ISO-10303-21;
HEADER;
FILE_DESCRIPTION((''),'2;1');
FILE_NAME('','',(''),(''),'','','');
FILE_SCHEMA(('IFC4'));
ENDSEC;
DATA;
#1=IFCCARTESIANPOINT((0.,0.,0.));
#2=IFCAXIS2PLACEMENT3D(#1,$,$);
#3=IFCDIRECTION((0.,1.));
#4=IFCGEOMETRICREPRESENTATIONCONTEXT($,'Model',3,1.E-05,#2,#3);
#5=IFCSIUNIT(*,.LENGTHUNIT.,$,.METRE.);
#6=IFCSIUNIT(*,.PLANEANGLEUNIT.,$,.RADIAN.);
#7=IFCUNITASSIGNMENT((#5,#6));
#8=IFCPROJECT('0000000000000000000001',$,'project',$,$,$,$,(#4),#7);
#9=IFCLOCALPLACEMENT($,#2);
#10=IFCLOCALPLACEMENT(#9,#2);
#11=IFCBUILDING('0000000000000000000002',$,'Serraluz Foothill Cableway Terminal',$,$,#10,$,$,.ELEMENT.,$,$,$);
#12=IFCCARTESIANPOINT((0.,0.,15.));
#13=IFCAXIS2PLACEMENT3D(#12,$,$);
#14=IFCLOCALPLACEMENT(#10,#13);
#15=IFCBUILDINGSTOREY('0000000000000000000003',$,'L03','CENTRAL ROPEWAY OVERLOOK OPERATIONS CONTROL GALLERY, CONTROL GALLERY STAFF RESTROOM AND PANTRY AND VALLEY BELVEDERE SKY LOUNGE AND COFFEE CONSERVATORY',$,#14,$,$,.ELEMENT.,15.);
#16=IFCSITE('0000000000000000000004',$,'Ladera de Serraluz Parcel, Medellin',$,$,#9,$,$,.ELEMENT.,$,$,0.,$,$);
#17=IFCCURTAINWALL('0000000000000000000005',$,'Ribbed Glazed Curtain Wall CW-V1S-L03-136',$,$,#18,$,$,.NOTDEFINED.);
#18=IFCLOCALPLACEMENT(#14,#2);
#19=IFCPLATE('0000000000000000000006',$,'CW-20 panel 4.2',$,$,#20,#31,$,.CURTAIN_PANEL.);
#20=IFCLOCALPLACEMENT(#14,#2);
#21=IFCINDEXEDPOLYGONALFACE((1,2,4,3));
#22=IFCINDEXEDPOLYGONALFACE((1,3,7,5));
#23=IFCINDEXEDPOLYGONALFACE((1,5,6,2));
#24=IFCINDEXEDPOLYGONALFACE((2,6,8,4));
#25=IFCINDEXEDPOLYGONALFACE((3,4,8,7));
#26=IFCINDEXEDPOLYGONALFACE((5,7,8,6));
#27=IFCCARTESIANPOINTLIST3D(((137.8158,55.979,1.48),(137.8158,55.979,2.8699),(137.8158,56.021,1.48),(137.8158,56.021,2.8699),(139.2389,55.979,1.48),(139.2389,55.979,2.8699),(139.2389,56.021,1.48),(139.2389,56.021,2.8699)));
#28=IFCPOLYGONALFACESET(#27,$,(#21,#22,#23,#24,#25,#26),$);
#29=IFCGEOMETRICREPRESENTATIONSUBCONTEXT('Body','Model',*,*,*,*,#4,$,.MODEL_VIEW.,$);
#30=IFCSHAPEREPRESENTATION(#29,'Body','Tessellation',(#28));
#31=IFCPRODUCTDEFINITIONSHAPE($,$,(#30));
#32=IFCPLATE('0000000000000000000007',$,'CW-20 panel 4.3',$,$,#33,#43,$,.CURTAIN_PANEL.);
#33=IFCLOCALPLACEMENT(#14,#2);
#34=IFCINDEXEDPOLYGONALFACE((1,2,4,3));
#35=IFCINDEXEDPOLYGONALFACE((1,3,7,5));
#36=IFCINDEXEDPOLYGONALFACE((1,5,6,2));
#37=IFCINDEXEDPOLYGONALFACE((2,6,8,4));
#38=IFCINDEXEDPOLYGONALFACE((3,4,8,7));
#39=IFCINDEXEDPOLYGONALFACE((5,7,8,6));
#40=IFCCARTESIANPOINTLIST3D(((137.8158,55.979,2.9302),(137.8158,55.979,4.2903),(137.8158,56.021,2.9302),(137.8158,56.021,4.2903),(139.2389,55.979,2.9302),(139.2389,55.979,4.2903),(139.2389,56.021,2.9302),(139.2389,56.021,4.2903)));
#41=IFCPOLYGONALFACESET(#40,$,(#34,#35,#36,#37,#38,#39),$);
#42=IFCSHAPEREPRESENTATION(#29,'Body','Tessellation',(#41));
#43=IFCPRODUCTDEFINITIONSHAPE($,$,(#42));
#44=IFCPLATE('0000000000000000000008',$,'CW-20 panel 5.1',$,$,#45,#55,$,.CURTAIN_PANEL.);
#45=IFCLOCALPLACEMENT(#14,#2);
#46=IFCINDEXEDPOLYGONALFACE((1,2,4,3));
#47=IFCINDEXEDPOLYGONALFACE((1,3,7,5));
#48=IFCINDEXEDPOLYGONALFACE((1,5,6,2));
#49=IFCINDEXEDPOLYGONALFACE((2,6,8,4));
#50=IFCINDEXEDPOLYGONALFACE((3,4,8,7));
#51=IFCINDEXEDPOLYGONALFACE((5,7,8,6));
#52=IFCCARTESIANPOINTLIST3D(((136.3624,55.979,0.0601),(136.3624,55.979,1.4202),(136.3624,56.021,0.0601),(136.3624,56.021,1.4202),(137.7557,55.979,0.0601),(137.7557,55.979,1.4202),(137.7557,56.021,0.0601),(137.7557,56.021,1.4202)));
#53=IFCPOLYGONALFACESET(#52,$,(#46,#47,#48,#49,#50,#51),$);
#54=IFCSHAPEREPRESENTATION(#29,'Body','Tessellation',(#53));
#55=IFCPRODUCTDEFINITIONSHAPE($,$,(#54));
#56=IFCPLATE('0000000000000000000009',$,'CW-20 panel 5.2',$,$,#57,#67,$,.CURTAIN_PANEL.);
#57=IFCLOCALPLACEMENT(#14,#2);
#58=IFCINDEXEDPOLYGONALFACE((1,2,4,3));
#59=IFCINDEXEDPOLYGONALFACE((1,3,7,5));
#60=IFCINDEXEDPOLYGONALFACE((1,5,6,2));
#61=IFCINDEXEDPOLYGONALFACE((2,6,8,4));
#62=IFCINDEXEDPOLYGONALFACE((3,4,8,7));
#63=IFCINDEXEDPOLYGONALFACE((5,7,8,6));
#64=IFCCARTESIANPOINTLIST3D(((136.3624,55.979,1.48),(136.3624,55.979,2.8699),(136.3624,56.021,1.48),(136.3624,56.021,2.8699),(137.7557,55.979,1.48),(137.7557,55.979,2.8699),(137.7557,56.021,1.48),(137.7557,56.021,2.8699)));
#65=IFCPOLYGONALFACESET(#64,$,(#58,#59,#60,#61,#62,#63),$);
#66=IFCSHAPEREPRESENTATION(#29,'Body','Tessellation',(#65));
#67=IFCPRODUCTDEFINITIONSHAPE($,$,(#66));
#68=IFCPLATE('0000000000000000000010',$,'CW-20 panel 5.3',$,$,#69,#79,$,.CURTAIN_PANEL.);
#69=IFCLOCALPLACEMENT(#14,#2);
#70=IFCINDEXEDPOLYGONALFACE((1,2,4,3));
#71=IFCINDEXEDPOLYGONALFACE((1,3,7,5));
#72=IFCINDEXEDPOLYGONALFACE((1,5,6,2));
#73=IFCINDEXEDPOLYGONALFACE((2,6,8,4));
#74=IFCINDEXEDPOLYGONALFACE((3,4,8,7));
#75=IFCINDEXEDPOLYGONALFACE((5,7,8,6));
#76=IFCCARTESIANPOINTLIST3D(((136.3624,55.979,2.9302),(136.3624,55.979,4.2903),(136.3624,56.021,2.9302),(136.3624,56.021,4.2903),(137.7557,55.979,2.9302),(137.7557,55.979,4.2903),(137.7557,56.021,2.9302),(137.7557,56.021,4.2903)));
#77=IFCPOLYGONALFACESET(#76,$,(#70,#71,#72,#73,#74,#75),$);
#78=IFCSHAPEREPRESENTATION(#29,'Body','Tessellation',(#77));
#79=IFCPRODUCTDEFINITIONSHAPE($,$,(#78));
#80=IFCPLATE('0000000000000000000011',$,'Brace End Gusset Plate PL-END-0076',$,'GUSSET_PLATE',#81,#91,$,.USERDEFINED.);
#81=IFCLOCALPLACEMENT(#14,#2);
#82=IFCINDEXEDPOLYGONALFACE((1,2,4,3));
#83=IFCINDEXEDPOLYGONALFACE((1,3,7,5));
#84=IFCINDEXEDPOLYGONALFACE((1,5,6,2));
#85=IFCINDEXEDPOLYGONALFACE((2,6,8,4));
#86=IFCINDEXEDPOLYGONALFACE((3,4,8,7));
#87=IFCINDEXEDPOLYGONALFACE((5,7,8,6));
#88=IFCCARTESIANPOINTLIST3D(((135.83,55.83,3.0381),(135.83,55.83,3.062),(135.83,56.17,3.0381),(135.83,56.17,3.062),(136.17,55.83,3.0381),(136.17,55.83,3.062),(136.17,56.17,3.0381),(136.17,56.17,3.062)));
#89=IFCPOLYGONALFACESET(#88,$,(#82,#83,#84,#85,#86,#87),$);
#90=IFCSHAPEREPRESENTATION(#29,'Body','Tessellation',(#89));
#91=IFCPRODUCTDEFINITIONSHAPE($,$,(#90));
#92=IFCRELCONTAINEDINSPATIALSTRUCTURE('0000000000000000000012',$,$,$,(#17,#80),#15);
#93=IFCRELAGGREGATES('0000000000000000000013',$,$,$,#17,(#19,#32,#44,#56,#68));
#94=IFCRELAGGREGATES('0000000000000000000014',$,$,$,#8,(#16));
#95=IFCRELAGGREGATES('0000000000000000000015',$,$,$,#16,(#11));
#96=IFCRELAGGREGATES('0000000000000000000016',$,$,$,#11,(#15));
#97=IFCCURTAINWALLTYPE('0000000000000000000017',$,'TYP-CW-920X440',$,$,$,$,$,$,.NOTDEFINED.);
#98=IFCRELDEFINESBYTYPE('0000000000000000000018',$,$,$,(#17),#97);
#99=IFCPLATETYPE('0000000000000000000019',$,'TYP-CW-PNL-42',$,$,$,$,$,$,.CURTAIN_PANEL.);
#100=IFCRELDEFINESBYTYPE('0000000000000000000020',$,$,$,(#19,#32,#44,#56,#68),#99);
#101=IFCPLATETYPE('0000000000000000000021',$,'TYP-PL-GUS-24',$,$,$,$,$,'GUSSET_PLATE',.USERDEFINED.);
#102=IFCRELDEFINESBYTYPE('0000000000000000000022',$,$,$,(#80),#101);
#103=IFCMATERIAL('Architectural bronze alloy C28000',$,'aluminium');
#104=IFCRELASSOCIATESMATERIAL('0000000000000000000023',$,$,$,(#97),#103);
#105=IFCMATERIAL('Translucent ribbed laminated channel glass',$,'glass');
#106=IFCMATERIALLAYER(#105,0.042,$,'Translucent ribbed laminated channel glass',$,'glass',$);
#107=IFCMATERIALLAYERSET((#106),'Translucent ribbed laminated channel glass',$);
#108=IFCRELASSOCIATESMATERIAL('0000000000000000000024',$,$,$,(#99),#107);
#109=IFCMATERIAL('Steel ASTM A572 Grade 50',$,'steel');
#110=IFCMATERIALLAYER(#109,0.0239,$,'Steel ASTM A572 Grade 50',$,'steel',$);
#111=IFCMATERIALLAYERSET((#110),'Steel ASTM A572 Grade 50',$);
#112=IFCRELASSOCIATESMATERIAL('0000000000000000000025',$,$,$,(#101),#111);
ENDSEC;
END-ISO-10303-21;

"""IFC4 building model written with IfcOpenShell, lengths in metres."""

from ifc_helpers import new_model, si_unit, direction, frame, origin, origin_2d, place, context, subcontext, project, spatial, rectangle, extrude, material, layer, layer_set, type_object, element, aggregate, save


model = new_model("IFC4")

# Units and contexts
model_context = context("Model", 3, precision=1e-05, world=origin(), true_north=direction((0.0, 1.0)))
body_context = subcontext(model_context, "Body", "Model", "MODEL_VIEW")
ifc_project = project(units=[si_unit("LENGTHUNIT", "METRE"), si_unit("PLANEANGLEUNIT", "RADIAN")], contexts=[model_context])

# Site, building, storey
site_placement = place(None, origin())
site = spatial("IfcSite", under=ifc_project, at=site_placement, Name="Ladera de Serraluz Parcel, Medellin", CompositionType="ELEMENT", RefElevation=0.0)
building_placement = place(site_placement, origin())
building = spatial("IfcBuilding", under=site, at=building_placement, Name="Serraluz Foothill Cableway Terminal", CompositionType="ELEMENT")
storey_placement = place(building_placement, frame((0.0, 0.0, 15.0)))
storey = spatial("IfcBuildingStorey", under=building, at=storey_placement, Name="L03", Description="CENTRAL ROPEWAY OVERLOOK OPERATIONS CONTROL GALLERY, CONTROL GALLERY STAFF RESTROOM AND PANTRY AND VALLEY BELVEDERE SKY LOUNGE AND COFFEE CONSERVATORY", CompositionType="ELEMENT", Elevation=15.0)

# Shared definitions
ifc_material_1 = material(Name="Architectural bronze alloy C28000", Category="aluminium")

# Curtain wall
curtain_wall_type_1 = type_object("IfcCurtainWallType", Name="TYP-CW-920X440", PredefinedType="NOTDEFINED", material=ifc_material_1)
curtain_wall_1_placement = place(storey_placement, origin())
curtain_wall_1 = element("IfcCurtainWall", 1, at=curtain_wall_1_placement, inside=storey, type_object=curtain_wall_type_1, Name="Ribbed Glazed Curtain Wall CW-V1S-L03-136", PredefinedType="NOTDEFINED")

# Shared definitions
ifc_material_2 = material(Name="Steel ASTM A572 Grade 50", Category="steel")

# Plates
ifc_material_3 = material(Name="Translucent ribbed laminated channel glass", Category="glass")
ifc_layer_1 = layer(ifc_material_3, 0.042, Name="Translucent ribbed laminated channel glass", Category="glass")
ifc_layer_set_1 = layer_set([ifc_layer_1], Name="Translucent ribbed laminated channel glass")
plate_type_1 = type_object("IfcPlateType", Name="TYP-CW-PNL-42", PredefinedType="CURTAIN_PANEL", material=ifc_layer_set_1)
plate_1_placement = place(storey_placement, frame((138.5273, 56.0, 1.48), z_axis=(0.0, 0.0, 1.0), x_axis=(-1.0, 0.0, 0.0)))
plate_1 = element("IfcPlate", 2, at=plate_1_placement, type_object=plate_type_1, Name="CW-20 panel 4.2", PredefinedType="CURTAIN_PANEL", context=body_context, shape_type="SweptSolid", body=[
    extrude(rectangle(XDim=1.4231, YDim=0.042, at=origin_2d()), origin(), (0.0, 0.0, 1.0), 1.3899),
])
plate_2_placement = place(storey_placement, frame((138.5273, 56.0, 2.9302), z_axis=(0.0, 0.0, 1.0), x_axis=(-1.0, 0.0, 0.0)))
plate_2 = element("IfcPlate", 3, at=plate_2_placement, type_object=plate_type_1, Name="CW-20 panel 4.3", PredefinedType="CURTAIN_PANEL", context=body_context, shape_type="SweptSolid", body=[
    extrude(rectangle(XDim=1.4231, YDim=0.042, at=origin_2d()), origin(), (0.0, 0.0, 1.0), 1.3601),
])
plate_3_placement = place(storey_placement, frame((137.0591, 56.0, 0.0601), z_axis=(0.0, 0.0, 1.0), x_axis=(-1.0, 0.0, 0.0)))
plate_3 = element("IfcPlate", 4, at=plate_3_placement, type_object=plate_type_1, Name="CW-20 panel 5.1", PredefinedType="CURTAIN_PANEL", context=body_context, shape_type="SweptSolid", body=[
    extrude(rectangle(XDim=1.3933, YDim=0.042, at=origin_2d()), origin(), (0.0, 0.0, 1.0), 1.3601),
])
plate_4_placement = place(storey_placement, frame((137.0591, 56.0, 1.48), z_axis=(0.0, 0.0, 1.0), x_axis=(-1.0, 0.0, 0.0)))
plate_4 = element("IfcPlate", 5, at=plate_4_placement, type_object=plate_type_1, Name="CW-20 panel 5.2", PredefinedType="CURTAIN_PANEL", context=body_context, shape_type="SweptSolid", body=[
    extrude(rectangle(XDim=1.3933, YDim=0.042, at=origin_2d()), origin(), (0.0, 0.0, 1.0), 1.3899),
])
plate_5_placement = place(storey_placement, frame((137.0591, 56.0, 2.9302), z_axis=(0.0, 0.0, 1.0), x_axis=(-1.0, 0.0, 0.0)))
plate_5 = element("IfcPlate", 6, at=plate_5_placement, type_object=plate_type_1, Name="CW-20 panel 5.3", PredefinedType="CURTAIN_PANEL", context=body_context, shape_type="SweptSolid", body=[
    extrude(rectangle(XDim=1.3933, YDim=0.042, at=origin_2d()), origin(), (0.0, 0.0, 1.0), 1.3601),
])
aggregate(curtain_wall_1, [plate_1, plate_2, plate_3, plate_4, plate_5])
ifc_layer_2 = layer(ifc_material_2, 0.0239, Name="Steel ASTM A572 Grade 50", Category="steel")
ifc_layer_set_2 = layer_set([ifc_layer_2], Name="Steel ASTM A572 Grade 50")
plate_type_2 = type_object("IfcPlateType", Name="TYP-PL-GUS-24", ElementType="GUSSET_PLATE", PredefinedType="USERDEFINED", material=ifc_layer_set_2)
plate_6_placement = place(storey_placement, frame((136.0, 56.0, 3.0381), z_axis=(0.0, 0.0, 1.0), x_axis=(1.0, 0.0, 0.0)))
element("IfcPlate", 7, at=plate_6_placement, inside=storey, type_object=plate_type_2, Name="Brace End Gusset Plate PL-END-0076", ObjectType="GUSSET_PLATE", PredefinedType="USERDEFINED", context=body_context, shape_type="SweptSolid", body=[
    extrude(rectangle(XDim=0.3401, YDim=0.3401, at=origin_2d()), origin(), (0.0, 0.0, 1.0), 0.0239),
])

save(model, "model.ifc")
